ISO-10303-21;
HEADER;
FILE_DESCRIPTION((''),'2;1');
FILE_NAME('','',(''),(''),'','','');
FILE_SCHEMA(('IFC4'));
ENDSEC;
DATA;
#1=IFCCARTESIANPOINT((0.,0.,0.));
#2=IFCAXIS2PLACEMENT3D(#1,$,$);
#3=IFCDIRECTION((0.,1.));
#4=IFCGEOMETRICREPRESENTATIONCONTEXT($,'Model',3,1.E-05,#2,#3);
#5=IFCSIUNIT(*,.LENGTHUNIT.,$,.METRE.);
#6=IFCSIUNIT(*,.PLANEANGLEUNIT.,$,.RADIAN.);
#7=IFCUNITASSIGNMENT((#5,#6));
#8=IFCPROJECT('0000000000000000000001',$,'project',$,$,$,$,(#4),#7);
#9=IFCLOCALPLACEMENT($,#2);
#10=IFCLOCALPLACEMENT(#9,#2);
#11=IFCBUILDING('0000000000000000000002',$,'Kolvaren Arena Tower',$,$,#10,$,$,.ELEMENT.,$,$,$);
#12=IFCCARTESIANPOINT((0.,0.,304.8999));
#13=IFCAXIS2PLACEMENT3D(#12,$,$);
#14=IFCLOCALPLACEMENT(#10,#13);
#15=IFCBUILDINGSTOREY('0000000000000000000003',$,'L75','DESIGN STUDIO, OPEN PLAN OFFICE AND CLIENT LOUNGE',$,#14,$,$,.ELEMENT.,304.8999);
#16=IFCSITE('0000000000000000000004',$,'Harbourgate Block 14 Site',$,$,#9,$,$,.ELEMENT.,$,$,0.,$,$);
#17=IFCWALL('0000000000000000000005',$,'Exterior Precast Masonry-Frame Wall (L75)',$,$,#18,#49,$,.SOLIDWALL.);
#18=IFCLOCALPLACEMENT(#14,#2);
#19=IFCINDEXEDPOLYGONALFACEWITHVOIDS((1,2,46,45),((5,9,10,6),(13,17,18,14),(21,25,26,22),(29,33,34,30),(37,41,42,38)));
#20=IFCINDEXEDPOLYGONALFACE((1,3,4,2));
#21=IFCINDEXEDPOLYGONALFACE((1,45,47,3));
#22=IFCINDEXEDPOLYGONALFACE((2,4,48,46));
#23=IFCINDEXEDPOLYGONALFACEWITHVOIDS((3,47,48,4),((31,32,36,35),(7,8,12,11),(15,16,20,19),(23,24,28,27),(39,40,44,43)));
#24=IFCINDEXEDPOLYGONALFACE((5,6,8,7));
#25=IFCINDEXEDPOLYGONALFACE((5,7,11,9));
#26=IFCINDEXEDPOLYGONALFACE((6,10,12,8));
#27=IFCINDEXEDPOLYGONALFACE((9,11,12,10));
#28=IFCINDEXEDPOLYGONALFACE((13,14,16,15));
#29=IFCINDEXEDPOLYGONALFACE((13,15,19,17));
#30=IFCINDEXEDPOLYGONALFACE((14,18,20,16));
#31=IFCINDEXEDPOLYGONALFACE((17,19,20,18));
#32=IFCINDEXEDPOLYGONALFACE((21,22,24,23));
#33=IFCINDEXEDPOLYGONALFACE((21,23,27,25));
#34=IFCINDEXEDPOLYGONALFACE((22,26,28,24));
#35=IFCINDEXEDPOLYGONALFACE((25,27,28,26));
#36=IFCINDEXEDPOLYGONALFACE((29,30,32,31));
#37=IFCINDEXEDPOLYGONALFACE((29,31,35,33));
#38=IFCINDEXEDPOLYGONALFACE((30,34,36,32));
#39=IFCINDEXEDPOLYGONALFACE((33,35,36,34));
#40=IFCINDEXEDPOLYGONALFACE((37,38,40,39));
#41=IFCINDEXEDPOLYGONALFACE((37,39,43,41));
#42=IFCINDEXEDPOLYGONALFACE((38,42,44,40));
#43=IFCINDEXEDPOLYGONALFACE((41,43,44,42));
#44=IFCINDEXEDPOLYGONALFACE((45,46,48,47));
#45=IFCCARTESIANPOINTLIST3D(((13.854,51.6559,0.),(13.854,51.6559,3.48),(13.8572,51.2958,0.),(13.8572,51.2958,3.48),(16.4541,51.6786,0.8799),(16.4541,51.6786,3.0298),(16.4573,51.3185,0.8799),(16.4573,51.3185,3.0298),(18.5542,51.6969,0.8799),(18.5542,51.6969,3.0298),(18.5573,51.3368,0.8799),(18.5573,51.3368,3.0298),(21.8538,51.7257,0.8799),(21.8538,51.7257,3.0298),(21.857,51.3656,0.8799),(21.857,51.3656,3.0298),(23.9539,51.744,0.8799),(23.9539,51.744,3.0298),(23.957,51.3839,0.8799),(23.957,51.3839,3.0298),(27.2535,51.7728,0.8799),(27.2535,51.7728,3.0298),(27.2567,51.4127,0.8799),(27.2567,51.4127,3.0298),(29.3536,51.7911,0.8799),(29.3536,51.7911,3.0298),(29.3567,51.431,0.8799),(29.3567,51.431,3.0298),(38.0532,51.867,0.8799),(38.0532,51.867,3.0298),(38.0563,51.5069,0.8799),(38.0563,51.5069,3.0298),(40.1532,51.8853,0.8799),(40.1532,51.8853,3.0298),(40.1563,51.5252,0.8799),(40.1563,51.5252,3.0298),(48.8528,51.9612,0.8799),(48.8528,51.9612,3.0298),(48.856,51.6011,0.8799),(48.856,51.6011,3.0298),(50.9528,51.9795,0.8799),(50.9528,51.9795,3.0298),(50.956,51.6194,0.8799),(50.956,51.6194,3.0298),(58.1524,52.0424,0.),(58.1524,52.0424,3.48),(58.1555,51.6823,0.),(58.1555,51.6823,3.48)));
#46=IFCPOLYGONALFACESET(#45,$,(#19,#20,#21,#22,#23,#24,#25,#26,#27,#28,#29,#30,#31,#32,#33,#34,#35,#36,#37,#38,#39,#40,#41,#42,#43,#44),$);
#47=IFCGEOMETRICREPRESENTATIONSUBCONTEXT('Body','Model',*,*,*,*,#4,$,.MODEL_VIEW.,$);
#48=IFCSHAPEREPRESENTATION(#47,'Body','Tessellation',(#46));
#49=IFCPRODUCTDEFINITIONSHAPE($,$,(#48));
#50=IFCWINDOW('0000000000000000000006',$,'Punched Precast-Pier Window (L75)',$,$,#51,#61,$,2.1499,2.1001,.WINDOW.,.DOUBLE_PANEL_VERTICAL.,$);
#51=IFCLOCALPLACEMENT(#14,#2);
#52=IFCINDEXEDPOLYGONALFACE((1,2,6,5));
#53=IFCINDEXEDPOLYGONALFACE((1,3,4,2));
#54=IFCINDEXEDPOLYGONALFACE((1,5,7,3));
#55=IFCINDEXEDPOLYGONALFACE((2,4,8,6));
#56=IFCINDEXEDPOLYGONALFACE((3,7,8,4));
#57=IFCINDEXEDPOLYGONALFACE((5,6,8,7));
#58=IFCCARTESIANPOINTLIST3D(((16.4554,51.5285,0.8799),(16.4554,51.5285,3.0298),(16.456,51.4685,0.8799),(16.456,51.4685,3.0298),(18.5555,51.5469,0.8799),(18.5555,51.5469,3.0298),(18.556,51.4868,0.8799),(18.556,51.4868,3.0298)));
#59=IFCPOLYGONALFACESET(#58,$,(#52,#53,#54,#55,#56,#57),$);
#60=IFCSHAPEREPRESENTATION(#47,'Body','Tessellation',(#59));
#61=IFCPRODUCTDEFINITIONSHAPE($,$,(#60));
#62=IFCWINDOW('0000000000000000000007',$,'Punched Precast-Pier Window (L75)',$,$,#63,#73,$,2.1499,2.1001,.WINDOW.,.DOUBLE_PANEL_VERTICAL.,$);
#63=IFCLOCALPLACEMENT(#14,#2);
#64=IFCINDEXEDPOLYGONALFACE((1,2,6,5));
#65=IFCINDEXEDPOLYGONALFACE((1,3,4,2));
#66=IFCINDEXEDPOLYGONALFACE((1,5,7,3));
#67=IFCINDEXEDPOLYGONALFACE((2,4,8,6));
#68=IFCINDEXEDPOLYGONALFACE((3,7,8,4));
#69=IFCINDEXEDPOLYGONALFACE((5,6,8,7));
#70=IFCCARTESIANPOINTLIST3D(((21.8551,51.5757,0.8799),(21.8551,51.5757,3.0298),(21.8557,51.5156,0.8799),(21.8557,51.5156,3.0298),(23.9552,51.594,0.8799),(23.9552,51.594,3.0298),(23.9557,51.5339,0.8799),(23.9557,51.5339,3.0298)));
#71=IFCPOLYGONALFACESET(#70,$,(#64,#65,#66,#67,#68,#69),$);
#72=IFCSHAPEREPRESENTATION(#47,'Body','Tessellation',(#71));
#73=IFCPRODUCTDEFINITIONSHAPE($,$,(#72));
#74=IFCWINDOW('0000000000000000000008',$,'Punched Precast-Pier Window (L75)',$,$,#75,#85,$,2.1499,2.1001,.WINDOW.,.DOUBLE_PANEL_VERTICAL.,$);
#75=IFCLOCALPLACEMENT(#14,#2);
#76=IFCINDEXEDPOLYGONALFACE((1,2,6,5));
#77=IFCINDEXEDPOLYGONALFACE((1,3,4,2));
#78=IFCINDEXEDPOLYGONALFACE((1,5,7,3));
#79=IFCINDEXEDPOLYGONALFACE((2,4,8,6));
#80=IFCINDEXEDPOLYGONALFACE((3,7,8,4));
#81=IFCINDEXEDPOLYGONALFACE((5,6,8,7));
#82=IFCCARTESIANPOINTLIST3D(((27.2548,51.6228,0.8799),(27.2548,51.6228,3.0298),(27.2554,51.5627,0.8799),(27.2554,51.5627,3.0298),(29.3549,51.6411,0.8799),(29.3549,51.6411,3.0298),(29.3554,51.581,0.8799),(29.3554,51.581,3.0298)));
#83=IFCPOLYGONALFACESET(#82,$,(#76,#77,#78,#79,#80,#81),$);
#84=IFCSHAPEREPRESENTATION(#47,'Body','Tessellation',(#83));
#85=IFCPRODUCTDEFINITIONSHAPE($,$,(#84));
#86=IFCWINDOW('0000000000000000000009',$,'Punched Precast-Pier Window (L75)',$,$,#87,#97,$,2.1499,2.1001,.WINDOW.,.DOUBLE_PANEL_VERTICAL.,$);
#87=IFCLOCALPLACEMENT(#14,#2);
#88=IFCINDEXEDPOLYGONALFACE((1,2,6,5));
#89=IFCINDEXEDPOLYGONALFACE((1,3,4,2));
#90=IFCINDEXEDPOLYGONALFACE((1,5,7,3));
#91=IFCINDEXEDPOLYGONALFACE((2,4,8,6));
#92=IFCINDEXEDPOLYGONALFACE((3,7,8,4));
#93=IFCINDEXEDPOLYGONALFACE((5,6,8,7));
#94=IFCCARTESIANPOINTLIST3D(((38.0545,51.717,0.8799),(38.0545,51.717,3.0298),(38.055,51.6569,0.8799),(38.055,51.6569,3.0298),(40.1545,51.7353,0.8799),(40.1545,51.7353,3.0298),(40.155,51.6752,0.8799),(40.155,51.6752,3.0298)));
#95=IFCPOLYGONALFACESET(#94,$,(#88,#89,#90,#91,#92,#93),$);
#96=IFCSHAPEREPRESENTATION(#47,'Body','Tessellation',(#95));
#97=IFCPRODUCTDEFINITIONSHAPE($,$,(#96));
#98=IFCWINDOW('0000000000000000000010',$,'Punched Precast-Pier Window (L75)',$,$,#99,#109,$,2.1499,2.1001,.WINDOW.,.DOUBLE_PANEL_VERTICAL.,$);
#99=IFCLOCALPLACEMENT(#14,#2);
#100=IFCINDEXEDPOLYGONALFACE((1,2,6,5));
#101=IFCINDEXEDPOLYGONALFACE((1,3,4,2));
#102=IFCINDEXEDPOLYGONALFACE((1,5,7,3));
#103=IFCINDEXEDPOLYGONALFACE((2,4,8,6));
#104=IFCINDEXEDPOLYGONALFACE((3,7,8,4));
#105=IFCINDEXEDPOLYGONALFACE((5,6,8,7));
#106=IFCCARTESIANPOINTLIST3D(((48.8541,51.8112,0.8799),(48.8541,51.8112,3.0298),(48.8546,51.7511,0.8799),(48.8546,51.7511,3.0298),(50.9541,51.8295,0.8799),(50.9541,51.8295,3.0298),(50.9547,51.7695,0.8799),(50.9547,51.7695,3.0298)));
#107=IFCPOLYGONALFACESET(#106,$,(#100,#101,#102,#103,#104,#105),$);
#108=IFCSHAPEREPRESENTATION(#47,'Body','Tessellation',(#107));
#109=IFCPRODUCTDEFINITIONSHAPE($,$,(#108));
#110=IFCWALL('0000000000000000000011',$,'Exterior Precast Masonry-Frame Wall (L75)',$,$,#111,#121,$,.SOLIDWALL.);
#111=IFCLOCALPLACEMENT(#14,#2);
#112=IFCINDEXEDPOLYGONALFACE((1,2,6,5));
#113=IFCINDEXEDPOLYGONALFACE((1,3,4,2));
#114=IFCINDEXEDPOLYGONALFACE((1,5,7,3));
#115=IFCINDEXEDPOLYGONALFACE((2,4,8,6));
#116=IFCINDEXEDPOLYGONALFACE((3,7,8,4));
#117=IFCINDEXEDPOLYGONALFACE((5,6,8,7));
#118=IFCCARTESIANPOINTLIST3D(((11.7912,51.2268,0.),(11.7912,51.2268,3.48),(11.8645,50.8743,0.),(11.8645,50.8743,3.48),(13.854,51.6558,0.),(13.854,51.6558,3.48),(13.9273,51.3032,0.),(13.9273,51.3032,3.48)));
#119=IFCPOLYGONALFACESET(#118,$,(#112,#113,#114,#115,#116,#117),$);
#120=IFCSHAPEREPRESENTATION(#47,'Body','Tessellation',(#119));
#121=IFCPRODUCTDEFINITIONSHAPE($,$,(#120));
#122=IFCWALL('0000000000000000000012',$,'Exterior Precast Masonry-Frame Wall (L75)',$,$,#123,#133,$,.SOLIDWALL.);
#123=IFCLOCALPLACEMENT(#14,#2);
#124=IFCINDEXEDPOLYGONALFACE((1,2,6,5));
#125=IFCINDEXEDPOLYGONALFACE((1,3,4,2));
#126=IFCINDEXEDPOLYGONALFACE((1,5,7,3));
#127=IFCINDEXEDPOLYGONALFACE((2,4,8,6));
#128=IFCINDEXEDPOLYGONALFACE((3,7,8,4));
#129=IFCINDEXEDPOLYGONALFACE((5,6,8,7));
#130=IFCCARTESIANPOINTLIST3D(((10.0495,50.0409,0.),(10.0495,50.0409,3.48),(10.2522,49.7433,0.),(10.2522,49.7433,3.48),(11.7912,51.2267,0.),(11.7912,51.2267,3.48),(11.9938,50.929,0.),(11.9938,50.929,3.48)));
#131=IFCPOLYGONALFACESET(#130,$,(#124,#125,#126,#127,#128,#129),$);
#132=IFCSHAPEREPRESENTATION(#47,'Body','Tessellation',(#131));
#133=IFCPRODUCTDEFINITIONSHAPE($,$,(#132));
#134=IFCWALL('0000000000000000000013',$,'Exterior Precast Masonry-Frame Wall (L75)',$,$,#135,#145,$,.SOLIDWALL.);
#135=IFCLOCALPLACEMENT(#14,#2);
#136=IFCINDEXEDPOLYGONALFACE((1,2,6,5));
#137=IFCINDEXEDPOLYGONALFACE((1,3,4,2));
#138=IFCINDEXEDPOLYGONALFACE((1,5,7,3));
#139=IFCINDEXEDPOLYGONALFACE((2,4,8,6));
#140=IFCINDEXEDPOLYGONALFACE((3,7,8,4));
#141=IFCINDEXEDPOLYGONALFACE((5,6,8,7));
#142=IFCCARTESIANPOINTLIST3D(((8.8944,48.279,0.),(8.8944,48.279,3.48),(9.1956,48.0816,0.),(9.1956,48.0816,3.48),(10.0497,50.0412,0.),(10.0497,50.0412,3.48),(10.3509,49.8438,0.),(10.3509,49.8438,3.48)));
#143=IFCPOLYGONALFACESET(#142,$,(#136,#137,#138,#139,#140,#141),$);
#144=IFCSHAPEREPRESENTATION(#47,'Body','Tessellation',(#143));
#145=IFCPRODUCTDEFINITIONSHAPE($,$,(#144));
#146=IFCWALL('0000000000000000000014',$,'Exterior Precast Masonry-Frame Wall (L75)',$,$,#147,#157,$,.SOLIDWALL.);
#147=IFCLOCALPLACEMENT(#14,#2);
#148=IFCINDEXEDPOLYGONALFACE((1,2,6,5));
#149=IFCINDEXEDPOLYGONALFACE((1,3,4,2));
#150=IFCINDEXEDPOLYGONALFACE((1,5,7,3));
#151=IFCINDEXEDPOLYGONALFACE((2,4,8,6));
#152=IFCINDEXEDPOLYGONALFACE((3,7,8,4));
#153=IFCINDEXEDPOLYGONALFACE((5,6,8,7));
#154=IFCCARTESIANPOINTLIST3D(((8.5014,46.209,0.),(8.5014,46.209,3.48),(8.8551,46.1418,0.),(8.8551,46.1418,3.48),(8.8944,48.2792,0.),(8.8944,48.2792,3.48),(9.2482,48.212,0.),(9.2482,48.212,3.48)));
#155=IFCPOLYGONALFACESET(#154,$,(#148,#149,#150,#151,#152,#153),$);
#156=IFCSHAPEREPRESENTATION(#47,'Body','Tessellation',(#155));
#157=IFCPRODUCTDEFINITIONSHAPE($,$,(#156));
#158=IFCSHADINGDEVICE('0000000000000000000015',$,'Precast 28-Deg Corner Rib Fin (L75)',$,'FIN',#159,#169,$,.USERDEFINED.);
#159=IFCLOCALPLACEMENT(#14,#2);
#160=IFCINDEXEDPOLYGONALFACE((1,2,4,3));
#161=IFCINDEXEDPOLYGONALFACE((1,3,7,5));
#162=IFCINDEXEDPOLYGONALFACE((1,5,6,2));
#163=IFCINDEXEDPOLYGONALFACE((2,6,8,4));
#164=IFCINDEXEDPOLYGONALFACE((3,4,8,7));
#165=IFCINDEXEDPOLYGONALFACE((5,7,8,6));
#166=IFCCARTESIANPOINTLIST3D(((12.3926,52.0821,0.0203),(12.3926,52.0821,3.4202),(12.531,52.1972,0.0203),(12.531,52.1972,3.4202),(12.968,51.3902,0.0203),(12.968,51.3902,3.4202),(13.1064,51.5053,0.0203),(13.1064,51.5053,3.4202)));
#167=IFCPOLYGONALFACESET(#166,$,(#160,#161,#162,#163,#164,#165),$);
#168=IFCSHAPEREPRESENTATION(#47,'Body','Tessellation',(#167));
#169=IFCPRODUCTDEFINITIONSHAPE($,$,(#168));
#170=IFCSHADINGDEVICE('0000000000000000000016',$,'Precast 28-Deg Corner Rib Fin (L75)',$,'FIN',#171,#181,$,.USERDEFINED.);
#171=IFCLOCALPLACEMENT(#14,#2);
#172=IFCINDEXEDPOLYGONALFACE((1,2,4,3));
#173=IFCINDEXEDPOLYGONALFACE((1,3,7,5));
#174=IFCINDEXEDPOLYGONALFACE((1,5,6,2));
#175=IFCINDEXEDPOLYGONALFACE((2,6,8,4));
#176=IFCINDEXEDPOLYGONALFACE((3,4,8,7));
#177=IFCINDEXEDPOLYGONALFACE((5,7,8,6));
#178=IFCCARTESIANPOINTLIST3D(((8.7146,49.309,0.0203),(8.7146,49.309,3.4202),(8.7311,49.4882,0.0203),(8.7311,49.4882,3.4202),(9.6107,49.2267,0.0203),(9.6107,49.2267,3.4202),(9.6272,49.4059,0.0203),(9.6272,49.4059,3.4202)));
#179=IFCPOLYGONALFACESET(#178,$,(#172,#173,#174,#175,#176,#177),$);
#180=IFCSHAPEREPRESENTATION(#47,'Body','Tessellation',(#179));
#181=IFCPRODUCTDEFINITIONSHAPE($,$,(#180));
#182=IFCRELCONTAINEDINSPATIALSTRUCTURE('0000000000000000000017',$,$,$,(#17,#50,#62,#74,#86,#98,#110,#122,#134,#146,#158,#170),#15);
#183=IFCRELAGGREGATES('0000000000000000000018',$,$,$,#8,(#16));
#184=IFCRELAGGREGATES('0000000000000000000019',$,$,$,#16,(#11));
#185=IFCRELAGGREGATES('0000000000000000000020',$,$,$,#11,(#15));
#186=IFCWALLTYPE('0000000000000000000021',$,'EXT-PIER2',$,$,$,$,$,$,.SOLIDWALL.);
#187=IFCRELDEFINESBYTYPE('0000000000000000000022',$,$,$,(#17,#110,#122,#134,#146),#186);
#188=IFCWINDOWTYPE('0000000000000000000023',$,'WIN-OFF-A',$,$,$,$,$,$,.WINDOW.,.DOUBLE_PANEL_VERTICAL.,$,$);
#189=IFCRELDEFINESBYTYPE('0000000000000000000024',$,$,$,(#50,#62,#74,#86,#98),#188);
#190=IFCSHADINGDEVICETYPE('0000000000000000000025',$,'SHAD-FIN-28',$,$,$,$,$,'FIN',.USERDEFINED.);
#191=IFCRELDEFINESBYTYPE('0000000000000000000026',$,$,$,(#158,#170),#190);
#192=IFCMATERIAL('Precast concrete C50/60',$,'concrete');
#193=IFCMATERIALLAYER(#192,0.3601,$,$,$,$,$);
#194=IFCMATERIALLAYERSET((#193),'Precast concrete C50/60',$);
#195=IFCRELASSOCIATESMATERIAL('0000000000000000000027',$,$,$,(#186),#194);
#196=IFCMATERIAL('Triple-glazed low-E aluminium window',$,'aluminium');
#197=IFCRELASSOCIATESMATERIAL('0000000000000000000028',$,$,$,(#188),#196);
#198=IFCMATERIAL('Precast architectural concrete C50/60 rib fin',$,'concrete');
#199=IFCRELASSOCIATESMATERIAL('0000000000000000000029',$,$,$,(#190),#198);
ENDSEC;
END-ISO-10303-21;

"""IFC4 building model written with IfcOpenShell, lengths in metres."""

from ifc_helpers import new_model, si_unit, direction, frame, frame_2d, origin, origin_2d, place, context, subcontext, project, spatial, rectangle, extrude, material, layer, layer_set, type_object, element, fill, save


model = new_model("IFC4")

# Units and contexts
model_context = context("Model", 3, precision=1e-05, world=origin(), true_north=direction((0.0, 1.0)))
body_context = subcontext(model_context, "Body", "Model", "MODEL_VIEW")
ifc_project = project(units=[si_unit("LENGTHUNIT", "METRE"), si_unit("PLANEANGLEUNIT", "RADIAN")], contexts=[model_context])

# Site, building, storey
site_placement = place(None, origin())
site = spatial("IfcSite", under=ifc_project, at=site_placement, Name="Harbourgate Block 14 Site", CompositionType="ELEMENT", RefElevation=0.0)
building_placement = place(site_placement, origin())
building = spatial("IfcBuilding", under=site, at=building_placement, Name="Kolvaren Arena Tower", CompositionType="ELEMENT")
storey_placement = place(building_placement, frame((0.0, 0.0, 304.8999)))
storey = spatial("IfcBuildingStorey", under=building, at=storey_placement, Name="L75", Description="DESIGN STUDIO, OPEN PLAN OFFICE AND CLIENT LOUNGE", CompositionType="ELEMENT", Elevation=304.8999)

# Shared definitions
ifc_material_1 = material(Name="Precast concrete C50/60", Category="concrete")

# Wall, openings, windows
ifc_layer = layer(ifc_material_1, 0.3601)
ifc_layer_set = layer_set([ifc_layer], Name="Precast concrete C50/60")
wall_type = type_object("IfcWallType", Name="EXT-PIER2", PredefinedType="SOLIDWALL", material=ifc_layer_set)
wall_placement = place(storey_placement, frame((13.8557, 51.4758, 0.0), z_axis=(0.0, 0.0, 1.0), x_axis=(0.999962, 0.008724, 0.0)))
wall = element("IfcWall", 1, at=wall_placement, inside=storey, type_object=wall_type, Name="Exterior Precast Masonry-Frame Wall (L75)", PredefinedType="SOLIDWALL", context=body_context, shape_type="SweptSolid", body=[
    extrude(rectangle(XDim=44.3, YDim=0.3601, at=frame_2d((22.1499, 0.0))), origin(), (0.0, 0.0, 1.0), 3.48),
])
opening_1_placement = place(wall_placement, frame((2.6001, 0.0, 0.8799)))
opening_1 = element("IfcOpeningElement", 2, at=opening_1_placement, cuts=wall, PredefinedType="OPENING", context=body_context, shape_type="SweptSolid", body=[
    extrude(rectangle(XDim=2.1001, YDim=2.1499, at=frame_2d((1.05, 1.075))), frame((0.0, 0.1899, 0.0), z_axis=(0.0, -1.0, 0.0), x_axis=(1.0, 0.0, 0.0)), (0.0, 0.0, 1.0), 0.3801),
])
opening_2_placement = place(wall_placement, frame((8.0, 0.0, 0.8799)))
opening_2 = element("IfcOpeningElement", 3, at=opening_2_placement, cuts=wall, PredefinedType="OPENING", context=body_context, shape_type="SweptSolid", body=[
    extrude(rectangle(XDim=2.1001, YDim=2.1499, at=frame_2d((1.05, 1.075))), frame((0.0, 0.1899, 0.0), z_axis=(0.0, -1.0, 0.0), x_axis=(1.0, 0.0, 0.0)), (0.0, 0.0, 1.0), 0.3801),
])
opening_3_placement = place(wall_placement, frame((13.3999, 0.0, 0.8799)))
opening_3 = element("IfcOpeningElement", 4, at=opening_3_placement, cuts=wall, PredefinedType="OPENING", context=body_context, shape_type="SweptSolid", body=[
    extrude(rectangle(XDim=2.1001, YDim=2.1499, at=frame_2d((1.05, 1.075))), frame((0.0, 0.1899, 0.0), z_axis=(0.0, -1.0, 0.0), x_axis=(1.0, 0.0, 0.0)), (0.0, 0.0, 1.0), 0.3801),
])
opening_4_placement = place(wall_placement, frame((24.2, 0.0, 0.8799)))
opening_4 = element("IfcOpeningElement", 5, at=opening_4_placement, cuts=wall, PredefinedType="OPENING", context=body_context, shape_type="SweptSolid", body=[
    extrude(rectangle(XDim=2.1001, YDim=2.1499, at=frame_2d((1.05, 1.075))), frame((0.0, 0.1899, 0.0), z_axis=(0.0, -1.0, 0.0), x_axis=(1.0, 0.0, 0.0)), (0.0, 0.0, 1.0), 0.3801),
])
opening_5_placement = place(wall_placement, frame((35.0, 0.0, 0.8799)))
opening_5 = element("IfcOpeningElement", 6, at=opening_5_placement, cuts=wall, PredefinedType="OPENING", context=body_context, shape_type="SweptSolid", body=[
    extrude(rectangle(XDim=2.1001, YDim=2.1499, at=frame_2d((1.05, 1.075))), frame((0.0, 0.1899, 0.0), z_axis=(0.0, -1.0, 0.0), x_axis=(1.0, 0.0, 0.0)), (0.0, 0.0, 1.0), 0.3801),
])
ifc_material_2 = material(Name="Triple-glazed low-E aluminium window", Category="aluminium")
window_type = type_object("IfcWindowType", Name="WIN-OFF-A", PartitioningType="DOUBLE_PANEL_VERTICAL", PredefinedType="WINDOW", material=ifc_material_2)
window_1_placement = place(opening_1_placement, origin())
window_1 = element("IfcWindow", 7, at=window_1_placement, inside=storey, type_object=window_type, Name="Punched Precast-Pier Window (L75)", OverallHeight=2.1499, OverallWidth=2.1001, PartitioningType="DOUBLE_PANEL_VERTICAL", PredefinedType="WINDOW", context=body_context, shape_type="SweptSolid", body=[
    extrude(rectangle(XDim=2.1001, YDim=2.1499, at=frame_2d((1.05, 1.075))), frame((0.0, 0.03, 0.0), z_axis=(0.0, -1.0, 0.0), x_axis=(1.0, 0.0, 0.0)), (0.0, 0.0, 1.0), 0.0601),
])
fill(opening_1, window_1)
window_2_placement = place(opening_2_placement, origin())
window_2 = element("IfcWindow", 8, at=window_2_placement, inside=storey, type_object=window_type, Name="Punched Precast-Pier Window (L75)", OverallHeight=2.1499, OverallWidth=2.1001, PartitioningType="DOUBLE_PANEL_VERTICAL", PredefinedType="WINDOW", context=body_context, shape_type="SweptSolid", body=[
    extrude(rectangle(XDim=2.1001, YDim=2.1499, at=frame_2d((1.05, 1.075))), frame((0.0, 0.03, 0.0), z_axis=(0.0, -1.0, 0.0), x_axis=(1.0, 0.0, 0.0)), (0.0, 0.0, 1.0), 0.0601),
])
fill(opening_2, window_2)
window_3_placement = place(opening_3_placement, origin())
window_3 = element("IfcWindow", 9, at=window_3_placement, inside=storey, type_object=window_type, Name="Punched Precast-Pier Window (L75)", OverallHeight=2.1499, OverallWidth=2.1001, PartitioningType="DOUBLE_PANEL_VERTICAL", PredefinedType="WINDOW", context=body_context, shape_type="SweptSolid", body=[
    extrude(rectangle(XDim=2.1001, YDim=2.1499, at=frame_2d((1.05, 1.075))), frame((0.0, 0.03, 0.0), z_axis=(0.0, -1.0, 0.0), x_axis=(1.0, 0.0, 0.0)), (0.0, 0.0, 1.0), 0.0601),
])
fill(opening_3, window_3)
window_4_placement = place(opening_4_placement, origin())
window_4 = element("IfcWindow", 10, at=window_4_placement, inside=storey, type_object=window_type, Name="Punched Precast-Pier Window (L75)", OverallHeight=2.1499, OverallWidth=2.1001, PartitioningType="DOUBLE_PANEL_VERTICAL", PredefinedType="WINDOW", context=body_context, shape_type="SweptSolid", body=[
    extrude(rectangle(XDim=2.1001, YDim=2.1499, at=frame_2d((1.05, 1.075))), frame((0.0, 0.03, 0.0), z_axis=(0.0, -1.0, 0.0), x_axis=(1.0, 0.0, 0.0)), (0.0, 0.0, 1.0), 0.0601),
])
fill(opening_4, window_4)
window_5_placement = place(opening_5_placement, origin())
window_5 = element("IfcWindow", 11, at=window_5_placement, inside=storey, type_object=window_type, Name="Punched Precast-Pier Window (L75)", OverallHeight=2.1499, OverallWidth=2.1001, PartitioningType="DOUBLE_PANEL_VERTICAL", PredefinedType="WINDOW", context=body_context, shape_type="SweptSolid", body=[
    extrude(rectangle(XDim=2.1001, YDim=2.1499, at=frame_2d((1.05, 1.075))), frame((0.0, 0.03, 0.0), z_axis=(0.0, -1.0, 0.0), x_axis=(1.0, 0.0, 0.0)), (0.0, 0.0, 1.0), 0.0601),
])
fill(opening_5, window_5)

# Walls
for number, where, z_axis, x_axis, name in (
    (12, (11.8279, 51.0505, 0.0), (0.0, 0.0, 1.0), (0.979055, 0.203598, 0.0), "Exterior Precast Masonry-Frame Wall (L75)"),
    (13, (10.1509, 49.8921, 0.0), (0.0, 0.0, 1.0), (0.82661, 0.562776, 0.0), "Exterior Precast Masonry-Frame Wall (L75)"),
):
    element("IfcWall", number, at=place(storey_placement, frame(where, z_axis=z_axis, x_axis=x_axis)), inside=storey, type_object=wall_type, Name=name, PredefinedType="SOLIDWALL", context=body_context, shape_type="SweptSolid", body=[
        extrude(rectangle(XDim=2.1069, YDim=0.3601, at=frame_2d((1.0535, 0.0))), origin(), (0.0, 0.0, 1.0), 3.48),
    ])
for number, where, z_axis, x_axis, name in (
    (14, (9.0449, 48.1802, 0.0), (0.0, 0.0, 1.0), (0.548267, 0.836304, 0.0), "Exterior Precast Masonry-Frame Wall (L75)"),
    (15, (8.6782, 46.1753, 0.0), (0.0, 0.0, 1.0), (0.186548, 0.982446, 0.0), "Exterior Precast Masonry-Frame Wall (L75)"),
):
    element("IfcWall", number, at=place(storey_placement, frame(where, z_axis=z_axis, x_axis=x_axis)), inside=storey, type_object=wall_type, Name=name, PredefinedType="SOLIDWALL", context=body_context, shape_type="SweptSolid", body=[
        extrude(rectangle(XDim=2.1072, YDim=0.3601, at=frame_2d((1.0537, 0.0))), origin(), (0.0, 0.0, 1.0), 3.48),
    ])

# Shading devices
ifc_material_3 = material(Name="Precast architectural concrete C50/60 rib fin", Category="concrete")
shading_device_type = type_object("IfcShadingDeviceType", Name="SHAD-FIN-28", ElementType="FIN", PredefinedType="USERDEFINED", material=ifc_material_3)
for number, where, z_axis, x_axis, name in (
    (16, (12.7495, 51.7937, 0.0203), (0.0, 0.0, 1.0), (-0.639409, 0.768866, 0.0), "Precast 28-Deg Corner Rib Fin (L75)"),
    (17, (9.1709, 49.3574, 0.0203), (0.0, 0.0, 1.0), (-0.995808, 0.091469, 0.0), "Precast 28-Deg Corner Rib Fin (L75)"),
):
    element("IfcShadingDevice", number, at=place(storey_placement, frame(where, z_axis=z_axis, x_axis=x_axis)), inside=storey, type_object=shading_device_type, Name=name, ObjectType="FIN", PredefinedType="USERDEFINED", context=body_context, shape_type="SweptSolid", body=[
        extrude(rectangle(XDim=0.8999, YDim=0.1799, at=origin_2d()), origin(), (0.0, 0.0, 1.0), 3.3999),
    ])

save(model, "model.ifc")
